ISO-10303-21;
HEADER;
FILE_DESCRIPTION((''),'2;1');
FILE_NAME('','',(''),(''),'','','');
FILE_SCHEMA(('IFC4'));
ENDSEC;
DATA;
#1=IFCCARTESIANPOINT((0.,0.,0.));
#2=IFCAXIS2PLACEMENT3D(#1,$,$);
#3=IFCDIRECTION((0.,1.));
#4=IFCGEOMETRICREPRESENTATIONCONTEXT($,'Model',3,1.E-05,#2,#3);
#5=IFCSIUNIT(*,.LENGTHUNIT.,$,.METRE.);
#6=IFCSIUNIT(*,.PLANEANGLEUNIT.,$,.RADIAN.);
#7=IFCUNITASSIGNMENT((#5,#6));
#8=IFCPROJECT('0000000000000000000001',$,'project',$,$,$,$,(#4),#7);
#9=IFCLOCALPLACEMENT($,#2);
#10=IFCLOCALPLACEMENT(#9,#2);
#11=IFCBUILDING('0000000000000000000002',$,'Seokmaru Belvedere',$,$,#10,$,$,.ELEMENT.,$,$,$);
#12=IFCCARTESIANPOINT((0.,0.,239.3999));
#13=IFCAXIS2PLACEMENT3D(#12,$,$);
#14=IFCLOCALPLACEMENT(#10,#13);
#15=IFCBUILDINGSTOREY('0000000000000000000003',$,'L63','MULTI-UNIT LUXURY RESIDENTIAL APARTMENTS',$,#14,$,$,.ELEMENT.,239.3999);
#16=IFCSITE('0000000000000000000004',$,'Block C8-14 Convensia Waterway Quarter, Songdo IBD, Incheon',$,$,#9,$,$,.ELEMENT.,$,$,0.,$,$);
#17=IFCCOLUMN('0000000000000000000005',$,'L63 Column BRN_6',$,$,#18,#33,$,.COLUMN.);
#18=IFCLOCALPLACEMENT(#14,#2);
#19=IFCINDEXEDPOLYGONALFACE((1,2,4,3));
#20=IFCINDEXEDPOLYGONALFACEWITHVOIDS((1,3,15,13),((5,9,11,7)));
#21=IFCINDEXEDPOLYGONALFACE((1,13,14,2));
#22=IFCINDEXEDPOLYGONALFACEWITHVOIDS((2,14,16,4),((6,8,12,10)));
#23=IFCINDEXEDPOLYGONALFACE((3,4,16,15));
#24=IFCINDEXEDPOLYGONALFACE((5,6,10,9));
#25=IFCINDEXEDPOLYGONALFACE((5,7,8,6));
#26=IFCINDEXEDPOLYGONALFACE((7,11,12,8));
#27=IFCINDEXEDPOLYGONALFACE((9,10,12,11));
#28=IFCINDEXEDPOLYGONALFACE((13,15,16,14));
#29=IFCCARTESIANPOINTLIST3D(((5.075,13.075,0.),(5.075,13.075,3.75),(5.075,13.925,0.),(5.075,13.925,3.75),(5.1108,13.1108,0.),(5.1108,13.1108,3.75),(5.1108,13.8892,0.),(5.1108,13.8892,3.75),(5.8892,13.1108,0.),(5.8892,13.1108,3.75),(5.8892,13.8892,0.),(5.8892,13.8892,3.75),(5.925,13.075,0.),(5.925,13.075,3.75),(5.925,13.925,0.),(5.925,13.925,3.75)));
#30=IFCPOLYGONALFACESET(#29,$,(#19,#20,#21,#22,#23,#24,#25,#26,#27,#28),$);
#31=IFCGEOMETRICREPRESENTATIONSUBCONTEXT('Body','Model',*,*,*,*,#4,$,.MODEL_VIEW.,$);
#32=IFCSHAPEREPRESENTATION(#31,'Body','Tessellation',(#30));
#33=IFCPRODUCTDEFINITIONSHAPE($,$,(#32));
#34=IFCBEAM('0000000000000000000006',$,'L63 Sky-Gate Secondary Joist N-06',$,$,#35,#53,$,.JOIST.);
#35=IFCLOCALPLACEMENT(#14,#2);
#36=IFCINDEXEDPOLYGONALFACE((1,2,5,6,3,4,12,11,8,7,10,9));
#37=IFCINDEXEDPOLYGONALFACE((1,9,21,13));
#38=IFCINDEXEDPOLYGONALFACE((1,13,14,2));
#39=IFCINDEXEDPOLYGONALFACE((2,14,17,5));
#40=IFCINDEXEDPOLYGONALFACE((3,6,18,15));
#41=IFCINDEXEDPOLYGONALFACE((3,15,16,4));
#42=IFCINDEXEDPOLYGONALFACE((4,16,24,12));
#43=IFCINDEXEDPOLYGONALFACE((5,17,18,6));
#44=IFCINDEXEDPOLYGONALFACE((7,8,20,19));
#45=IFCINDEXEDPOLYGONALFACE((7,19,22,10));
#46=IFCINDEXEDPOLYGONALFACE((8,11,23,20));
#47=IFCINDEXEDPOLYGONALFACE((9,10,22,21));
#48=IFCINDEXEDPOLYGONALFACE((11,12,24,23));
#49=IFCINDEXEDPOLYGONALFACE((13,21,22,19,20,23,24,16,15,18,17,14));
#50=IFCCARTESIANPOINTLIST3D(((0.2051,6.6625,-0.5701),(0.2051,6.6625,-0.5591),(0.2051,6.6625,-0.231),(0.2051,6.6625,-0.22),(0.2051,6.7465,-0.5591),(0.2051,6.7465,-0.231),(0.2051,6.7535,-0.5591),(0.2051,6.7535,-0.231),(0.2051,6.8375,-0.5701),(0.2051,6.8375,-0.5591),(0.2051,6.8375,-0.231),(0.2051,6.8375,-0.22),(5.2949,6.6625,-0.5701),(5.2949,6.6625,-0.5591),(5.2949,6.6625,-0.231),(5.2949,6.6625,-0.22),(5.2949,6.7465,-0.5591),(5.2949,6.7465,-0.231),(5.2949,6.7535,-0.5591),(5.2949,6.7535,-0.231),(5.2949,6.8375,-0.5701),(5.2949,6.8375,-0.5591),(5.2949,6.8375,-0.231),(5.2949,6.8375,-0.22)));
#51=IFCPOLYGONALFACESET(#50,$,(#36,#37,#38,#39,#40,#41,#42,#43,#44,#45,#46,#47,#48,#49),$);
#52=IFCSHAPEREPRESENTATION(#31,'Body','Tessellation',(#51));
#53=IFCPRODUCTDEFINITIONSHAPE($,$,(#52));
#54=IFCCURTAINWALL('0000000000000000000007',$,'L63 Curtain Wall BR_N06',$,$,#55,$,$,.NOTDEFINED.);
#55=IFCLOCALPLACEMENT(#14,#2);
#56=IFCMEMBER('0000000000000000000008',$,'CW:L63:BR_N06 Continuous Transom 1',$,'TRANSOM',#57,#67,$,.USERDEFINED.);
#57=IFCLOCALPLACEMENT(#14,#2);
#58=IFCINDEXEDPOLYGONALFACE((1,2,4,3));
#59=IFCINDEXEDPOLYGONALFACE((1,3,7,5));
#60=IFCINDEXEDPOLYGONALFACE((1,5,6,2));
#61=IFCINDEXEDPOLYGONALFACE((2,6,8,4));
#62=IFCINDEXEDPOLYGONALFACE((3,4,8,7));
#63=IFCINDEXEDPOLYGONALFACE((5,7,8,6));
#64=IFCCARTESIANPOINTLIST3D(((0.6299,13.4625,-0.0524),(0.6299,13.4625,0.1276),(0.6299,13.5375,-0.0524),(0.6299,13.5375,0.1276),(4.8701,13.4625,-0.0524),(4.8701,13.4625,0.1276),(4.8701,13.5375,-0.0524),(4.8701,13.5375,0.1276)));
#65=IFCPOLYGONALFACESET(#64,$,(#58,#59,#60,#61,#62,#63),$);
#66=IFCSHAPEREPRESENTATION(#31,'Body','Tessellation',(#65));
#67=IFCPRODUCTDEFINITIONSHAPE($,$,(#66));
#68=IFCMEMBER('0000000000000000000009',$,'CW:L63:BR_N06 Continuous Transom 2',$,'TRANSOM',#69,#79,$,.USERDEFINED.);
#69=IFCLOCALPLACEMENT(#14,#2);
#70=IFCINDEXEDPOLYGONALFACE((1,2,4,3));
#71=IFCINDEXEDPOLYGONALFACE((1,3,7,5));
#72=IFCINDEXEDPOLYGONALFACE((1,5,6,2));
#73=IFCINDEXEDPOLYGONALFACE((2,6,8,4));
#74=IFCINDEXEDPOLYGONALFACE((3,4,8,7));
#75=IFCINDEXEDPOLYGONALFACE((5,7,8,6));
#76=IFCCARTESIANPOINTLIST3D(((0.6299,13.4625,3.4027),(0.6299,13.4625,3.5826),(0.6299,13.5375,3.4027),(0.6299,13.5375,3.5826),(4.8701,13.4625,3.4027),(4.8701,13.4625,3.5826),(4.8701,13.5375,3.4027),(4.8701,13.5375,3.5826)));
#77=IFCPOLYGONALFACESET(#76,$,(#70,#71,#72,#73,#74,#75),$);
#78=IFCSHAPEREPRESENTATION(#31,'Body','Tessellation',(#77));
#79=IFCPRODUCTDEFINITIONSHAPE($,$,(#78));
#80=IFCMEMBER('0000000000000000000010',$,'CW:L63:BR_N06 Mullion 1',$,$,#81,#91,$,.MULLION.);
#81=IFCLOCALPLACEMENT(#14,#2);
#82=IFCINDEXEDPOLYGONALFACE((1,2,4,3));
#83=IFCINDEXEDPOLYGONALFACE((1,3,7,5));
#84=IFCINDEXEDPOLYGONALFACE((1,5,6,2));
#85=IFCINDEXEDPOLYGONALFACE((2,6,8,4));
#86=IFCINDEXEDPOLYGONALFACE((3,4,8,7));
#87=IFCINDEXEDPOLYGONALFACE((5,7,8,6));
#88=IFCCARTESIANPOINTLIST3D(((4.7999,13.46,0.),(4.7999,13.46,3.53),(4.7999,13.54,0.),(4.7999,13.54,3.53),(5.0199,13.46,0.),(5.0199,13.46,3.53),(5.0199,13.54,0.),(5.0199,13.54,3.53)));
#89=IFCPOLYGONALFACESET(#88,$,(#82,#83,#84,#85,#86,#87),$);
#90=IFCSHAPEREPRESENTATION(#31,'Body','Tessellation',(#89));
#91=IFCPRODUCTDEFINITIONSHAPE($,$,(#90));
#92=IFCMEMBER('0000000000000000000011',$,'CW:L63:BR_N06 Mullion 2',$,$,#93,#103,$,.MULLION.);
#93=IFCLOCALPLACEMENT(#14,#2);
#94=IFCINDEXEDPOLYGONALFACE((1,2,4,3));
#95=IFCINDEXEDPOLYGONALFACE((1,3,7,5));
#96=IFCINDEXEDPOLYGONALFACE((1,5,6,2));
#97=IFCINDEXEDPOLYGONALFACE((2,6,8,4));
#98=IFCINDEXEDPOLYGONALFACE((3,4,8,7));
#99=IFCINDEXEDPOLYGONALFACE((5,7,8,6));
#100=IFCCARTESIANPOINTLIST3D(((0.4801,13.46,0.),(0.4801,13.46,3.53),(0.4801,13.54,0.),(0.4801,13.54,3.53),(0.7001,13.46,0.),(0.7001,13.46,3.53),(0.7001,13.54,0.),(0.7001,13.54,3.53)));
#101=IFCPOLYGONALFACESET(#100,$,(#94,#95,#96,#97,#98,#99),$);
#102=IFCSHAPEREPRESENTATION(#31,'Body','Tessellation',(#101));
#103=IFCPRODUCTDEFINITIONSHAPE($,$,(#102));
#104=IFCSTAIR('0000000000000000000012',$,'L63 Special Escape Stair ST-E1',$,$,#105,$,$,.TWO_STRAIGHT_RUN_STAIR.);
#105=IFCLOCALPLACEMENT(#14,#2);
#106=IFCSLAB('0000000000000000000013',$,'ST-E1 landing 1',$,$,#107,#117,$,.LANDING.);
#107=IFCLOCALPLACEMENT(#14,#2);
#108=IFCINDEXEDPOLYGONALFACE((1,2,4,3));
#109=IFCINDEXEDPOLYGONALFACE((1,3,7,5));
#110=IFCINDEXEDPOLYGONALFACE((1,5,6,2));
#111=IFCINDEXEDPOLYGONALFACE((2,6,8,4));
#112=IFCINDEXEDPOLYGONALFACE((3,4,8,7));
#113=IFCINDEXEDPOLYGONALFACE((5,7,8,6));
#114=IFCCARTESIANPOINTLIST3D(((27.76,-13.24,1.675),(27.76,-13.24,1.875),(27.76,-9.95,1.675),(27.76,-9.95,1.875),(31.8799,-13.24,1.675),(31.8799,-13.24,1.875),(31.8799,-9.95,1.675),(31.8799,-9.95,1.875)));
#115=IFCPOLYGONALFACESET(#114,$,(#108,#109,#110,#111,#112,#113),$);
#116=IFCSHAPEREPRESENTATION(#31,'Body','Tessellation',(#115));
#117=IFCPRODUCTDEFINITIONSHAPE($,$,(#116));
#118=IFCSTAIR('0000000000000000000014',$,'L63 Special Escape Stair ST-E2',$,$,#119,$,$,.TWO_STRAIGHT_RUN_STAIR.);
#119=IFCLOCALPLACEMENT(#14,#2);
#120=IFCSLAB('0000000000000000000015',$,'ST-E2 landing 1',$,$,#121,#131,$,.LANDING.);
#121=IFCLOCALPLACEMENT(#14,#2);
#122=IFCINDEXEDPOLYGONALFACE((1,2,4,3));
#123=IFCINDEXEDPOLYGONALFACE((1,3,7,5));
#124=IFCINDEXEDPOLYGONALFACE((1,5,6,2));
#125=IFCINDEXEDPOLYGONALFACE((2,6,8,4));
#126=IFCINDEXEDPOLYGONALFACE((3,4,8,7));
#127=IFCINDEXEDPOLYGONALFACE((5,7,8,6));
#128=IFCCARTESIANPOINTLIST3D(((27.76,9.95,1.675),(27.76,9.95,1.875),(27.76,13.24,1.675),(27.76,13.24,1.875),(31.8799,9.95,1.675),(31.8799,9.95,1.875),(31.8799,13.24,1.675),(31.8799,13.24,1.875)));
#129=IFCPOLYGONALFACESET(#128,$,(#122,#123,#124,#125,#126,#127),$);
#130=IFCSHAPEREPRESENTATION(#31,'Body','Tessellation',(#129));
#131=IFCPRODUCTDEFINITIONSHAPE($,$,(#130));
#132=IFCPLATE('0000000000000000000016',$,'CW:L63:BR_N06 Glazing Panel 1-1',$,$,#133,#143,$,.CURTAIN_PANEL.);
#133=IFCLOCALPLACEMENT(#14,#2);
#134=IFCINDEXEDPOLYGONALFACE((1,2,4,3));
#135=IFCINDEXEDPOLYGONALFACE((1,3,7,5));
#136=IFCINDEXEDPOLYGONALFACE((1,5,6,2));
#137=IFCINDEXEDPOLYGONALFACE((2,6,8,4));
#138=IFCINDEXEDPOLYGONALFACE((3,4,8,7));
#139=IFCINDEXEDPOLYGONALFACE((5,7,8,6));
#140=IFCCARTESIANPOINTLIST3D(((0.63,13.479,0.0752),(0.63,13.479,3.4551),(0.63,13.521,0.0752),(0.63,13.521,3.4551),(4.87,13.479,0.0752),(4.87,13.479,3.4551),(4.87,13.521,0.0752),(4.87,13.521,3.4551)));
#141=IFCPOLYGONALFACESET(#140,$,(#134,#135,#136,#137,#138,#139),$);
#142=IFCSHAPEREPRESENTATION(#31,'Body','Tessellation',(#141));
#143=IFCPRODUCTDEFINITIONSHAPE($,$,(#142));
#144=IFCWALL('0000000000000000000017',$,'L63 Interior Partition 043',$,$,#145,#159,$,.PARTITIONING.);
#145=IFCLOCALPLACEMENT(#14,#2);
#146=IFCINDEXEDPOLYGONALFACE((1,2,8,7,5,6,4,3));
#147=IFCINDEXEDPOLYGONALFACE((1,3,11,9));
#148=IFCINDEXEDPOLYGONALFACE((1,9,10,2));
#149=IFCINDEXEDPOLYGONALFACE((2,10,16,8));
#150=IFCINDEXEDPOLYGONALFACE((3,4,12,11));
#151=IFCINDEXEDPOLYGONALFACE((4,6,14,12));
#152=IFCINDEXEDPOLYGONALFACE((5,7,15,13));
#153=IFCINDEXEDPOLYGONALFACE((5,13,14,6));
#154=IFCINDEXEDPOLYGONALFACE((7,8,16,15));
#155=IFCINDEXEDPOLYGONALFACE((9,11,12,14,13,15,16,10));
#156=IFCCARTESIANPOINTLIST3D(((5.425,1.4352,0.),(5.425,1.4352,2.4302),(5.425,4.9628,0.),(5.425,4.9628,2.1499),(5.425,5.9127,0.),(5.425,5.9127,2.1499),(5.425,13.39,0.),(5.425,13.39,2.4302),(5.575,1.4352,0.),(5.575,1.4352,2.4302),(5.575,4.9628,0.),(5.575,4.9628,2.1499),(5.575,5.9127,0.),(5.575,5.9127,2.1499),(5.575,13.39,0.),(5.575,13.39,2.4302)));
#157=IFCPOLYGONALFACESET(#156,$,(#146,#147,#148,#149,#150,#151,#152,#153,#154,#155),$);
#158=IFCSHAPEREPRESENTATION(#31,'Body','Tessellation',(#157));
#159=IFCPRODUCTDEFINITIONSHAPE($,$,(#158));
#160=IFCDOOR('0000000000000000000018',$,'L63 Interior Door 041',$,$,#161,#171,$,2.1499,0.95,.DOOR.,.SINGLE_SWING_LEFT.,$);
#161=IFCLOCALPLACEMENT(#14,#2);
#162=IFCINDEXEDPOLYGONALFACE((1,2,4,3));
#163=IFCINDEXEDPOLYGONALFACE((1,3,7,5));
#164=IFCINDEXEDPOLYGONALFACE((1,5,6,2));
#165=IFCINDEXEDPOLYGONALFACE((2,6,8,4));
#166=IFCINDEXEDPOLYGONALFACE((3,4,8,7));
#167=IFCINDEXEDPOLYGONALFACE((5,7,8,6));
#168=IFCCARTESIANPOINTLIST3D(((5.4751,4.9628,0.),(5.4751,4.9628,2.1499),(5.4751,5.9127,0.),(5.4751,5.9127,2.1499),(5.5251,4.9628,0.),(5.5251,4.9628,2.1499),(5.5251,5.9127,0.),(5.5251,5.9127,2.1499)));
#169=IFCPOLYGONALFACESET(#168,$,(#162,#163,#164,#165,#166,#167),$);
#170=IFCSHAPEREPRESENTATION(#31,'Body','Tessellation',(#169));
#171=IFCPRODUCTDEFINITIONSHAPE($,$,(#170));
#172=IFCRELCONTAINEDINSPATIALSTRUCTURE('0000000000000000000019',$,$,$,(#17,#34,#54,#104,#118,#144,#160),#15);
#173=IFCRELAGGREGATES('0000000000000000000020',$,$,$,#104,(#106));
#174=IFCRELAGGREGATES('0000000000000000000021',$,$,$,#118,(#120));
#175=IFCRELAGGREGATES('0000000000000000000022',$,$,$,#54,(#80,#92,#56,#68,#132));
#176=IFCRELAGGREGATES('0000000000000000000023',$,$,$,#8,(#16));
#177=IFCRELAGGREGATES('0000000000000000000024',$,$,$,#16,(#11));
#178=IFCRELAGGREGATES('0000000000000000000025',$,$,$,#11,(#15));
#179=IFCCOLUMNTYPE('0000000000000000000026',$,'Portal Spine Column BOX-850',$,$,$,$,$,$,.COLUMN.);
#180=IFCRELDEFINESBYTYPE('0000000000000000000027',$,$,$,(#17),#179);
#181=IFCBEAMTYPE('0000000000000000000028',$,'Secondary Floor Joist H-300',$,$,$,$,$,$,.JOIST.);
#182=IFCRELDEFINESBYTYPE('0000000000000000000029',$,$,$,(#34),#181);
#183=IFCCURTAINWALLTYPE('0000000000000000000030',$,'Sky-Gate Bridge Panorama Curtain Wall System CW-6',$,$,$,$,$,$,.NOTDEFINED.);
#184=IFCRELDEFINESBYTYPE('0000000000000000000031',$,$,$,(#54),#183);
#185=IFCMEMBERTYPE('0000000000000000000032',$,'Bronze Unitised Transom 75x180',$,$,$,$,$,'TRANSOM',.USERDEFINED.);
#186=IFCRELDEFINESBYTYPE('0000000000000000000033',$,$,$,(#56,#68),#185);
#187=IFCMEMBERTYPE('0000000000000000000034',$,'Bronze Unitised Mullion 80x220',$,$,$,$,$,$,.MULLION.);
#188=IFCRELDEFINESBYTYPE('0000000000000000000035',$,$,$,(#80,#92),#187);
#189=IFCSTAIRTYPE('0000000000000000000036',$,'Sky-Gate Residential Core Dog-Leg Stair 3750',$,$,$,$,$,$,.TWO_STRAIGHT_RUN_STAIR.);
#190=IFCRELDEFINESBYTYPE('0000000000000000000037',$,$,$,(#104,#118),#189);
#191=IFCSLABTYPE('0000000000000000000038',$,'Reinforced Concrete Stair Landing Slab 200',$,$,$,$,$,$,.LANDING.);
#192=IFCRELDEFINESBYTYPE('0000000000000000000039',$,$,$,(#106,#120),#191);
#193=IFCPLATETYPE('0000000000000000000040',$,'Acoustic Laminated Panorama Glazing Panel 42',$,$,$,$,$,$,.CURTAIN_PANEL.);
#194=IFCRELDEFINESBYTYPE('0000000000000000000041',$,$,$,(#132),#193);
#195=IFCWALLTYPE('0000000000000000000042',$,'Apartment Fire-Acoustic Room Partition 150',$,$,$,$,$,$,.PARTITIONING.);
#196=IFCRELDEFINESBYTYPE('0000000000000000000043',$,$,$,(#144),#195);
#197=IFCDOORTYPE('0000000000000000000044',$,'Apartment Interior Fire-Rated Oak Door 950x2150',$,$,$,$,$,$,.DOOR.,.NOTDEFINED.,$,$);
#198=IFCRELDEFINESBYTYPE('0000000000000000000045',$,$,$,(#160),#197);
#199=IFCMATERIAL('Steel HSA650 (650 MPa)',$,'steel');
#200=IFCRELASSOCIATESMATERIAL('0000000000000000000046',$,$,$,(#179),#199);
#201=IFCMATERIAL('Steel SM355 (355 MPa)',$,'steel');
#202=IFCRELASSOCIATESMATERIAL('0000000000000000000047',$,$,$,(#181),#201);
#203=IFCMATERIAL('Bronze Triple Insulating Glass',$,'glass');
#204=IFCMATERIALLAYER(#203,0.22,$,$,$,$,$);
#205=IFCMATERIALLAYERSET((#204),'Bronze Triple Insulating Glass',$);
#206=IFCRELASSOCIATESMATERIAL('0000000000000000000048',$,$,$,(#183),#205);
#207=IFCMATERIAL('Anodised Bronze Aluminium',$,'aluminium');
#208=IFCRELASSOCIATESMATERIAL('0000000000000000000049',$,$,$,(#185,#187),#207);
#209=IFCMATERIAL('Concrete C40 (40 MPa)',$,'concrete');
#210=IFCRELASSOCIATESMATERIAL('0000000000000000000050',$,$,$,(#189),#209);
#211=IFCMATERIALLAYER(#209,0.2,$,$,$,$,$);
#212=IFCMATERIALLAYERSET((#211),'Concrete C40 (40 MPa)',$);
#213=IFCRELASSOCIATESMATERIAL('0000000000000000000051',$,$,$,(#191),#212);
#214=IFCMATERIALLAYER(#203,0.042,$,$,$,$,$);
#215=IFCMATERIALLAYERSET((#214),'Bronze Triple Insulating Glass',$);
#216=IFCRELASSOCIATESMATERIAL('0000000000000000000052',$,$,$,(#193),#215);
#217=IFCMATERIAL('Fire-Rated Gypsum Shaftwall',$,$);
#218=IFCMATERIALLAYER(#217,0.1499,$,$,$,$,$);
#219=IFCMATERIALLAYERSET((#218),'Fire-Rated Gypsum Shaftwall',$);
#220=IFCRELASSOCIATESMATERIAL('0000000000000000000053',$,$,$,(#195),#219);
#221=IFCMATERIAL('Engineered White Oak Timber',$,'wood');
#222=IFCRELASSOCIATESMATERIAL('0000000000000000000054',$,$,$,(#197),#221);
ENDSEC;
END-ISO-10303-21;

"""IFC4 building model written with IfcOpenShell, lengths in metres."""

from ifc_helpers import new_model, si_unit, direction, frame, frame_2d, origin, origin_2d, place, context, subcontext, project, spatial, polyline, rectangle, hollow_rectangle, i_section, outline, extrude, source, transform, mapped, material, layer, layer_set, material_profile, profile_set, type_object, type_shapes, element, fill, aggregate, save


model = new_model("IFC4")

# Units and contexts
model_context = context("Model", 3, precision=1e-05, world=origin(), true_north=direction((0.0, 1.0)))
body_context = subcontext(model_context, "Body", "Model", "MODEL_VIEW")
ifc_project = project(units=[si_unit("LENGTHUNIT", "METRE"), si_unit("PLANEANGLEUNIT", "RADIAN")], contexts=[model_context])

# Site, building, storey
site_placement = place(None, origin())
site = spatial("IfcSite", under=ifc_project, at=site_placement, Name="Block C8-14 Convensia Waterway Quarter, Songdo IBD, Incheon", CompositionType="ELEMENT", RefElevation=0.0)
building_placement = place(site_placement, origin())
building = spatial("IfcBuilding", under=site, at=building_placement, Name="Seokmaru Belvedere", CompositionType="ELEMENT")
storey_placement = place(building_placement, frame((0.0, 0.0, 239.3999)))
storey = spatial("IfcBuildingStorey", under=building, at=storey_placement, Name="L63", Description="MULTI-UNIT LUXURY RESIDENTIAL APARTMENTS", CompositionType="ELEMENT", Elevation=239.3999)

# Column
ifc_material_1 = material(Name="Steel HSA650 (650 MPa)", Category="steel")
ifc_material_profile_1 = material_profile(ifc_material_1, hollow_rectangle(XDim=0.8501, YDim=0.8501, WallThickness=0.0359, at=origin_2d()), Name="BOX-850x850x36")
ifc_profile_set_1 = profile_set([ifc_material_profile_1], Name="Steel HSA650 (650 MPa)")
column_type = type_object("IfcColumnType", Name="Portal Spine Column BOX-850", PredefinedType="COLUMN", material=ifc_profile_set_1)
shared_shape_1 = source(origin(), body_context, "Body", "SweptSolid", [
    extrude(hollow_rectangle(XDim=0.8501, YDim=0.8501, WallThickness=0.0359, at=origin_2d()), origin(), (0.0, 0.0, 1.0), 3.75),
])
type_shapes(column_type, [shared_shape_1])
column_placement = place(storey_placement, frame((5.5, 13.5, 0.0), z_axis=(0.0, 0.0, 1.0), x_axis=(1.0, 0.0, 0.0)))
element("IfcColumn", 1, at=column_placement, inside=storey, type_object=column_type, Name="L63 Column BRN_6", PredefinedType="COLUMN", context=body_context, shape_type="MappedRepresentation", body=[
    mapped(shared_shape_1, transform((0.0, 0.0, 0.0), scale=1.0)),
])

# Beam
ifc_material_2 = material(Name="Steel SM355 (355 MPa)", Category="steel")
ifc_material_profile_2 = material_profile(ifc_material_2, i_section(OverallWidth=0.175, OverallDepth=0.3501, WebThickness=0.0071, FlangeThickness=0.011, at=origin_2d()), Name="H-350x175x7x11")
ifc_profile_set_2 = profile_set([ifc_material_profile_2], Name="Steel SM355 (355 MPa)")
beam_type = type_object("IfcBeamType", Name="Secondary Floor Joist H-300", PredefinedType="JOIST", material=ifc_profile_set_2)
shared_shape_2 = source(origin(), body_context, "Body", "SweptSolid", [
    extrude(i_section(OverallWidth=0.175, OverallDepth=0.3501, WebThickness=0.0071, FlangeThickness=0.011, at=origin_2d()), origin(), (0.0, 0.0, 1.0), 5.0898),
])
type_shapes(beam_type, [shared_shape_2])
beam_placement = place(storey_placement, frame((0.2051, 6.75, -0.395), z_axis=(1.0, 0.0, 0.0), x_axis=(0.0, 1.0, 0.0)))
element("IfcBeam", 2, at=beam_placement, inside=storey, type_object=beam_type, Name="L63 Sky-Gate Secondary Joist N-06", PredefinedType="JOIST", context=body_context, shape_type="MappedRepresentation", body=[
    mapped(shared_shape_2, transform((0.0, 0.0, 0.0), scale=1.0)),
])

# Curtain wall, members
ifc_material_3 = material(Name="Bronze Triple Insulating Glass", Category="glass")
ifc_layer_1 = layer(ifc_material_3, 0.22)
ifc_layer_set_1 = layer_set([ifc_layer_1], Name="Bronze Triple Insulating Glass")
curtain_wall_type = type_object("IfcCurtainWallType", Name="Sky-Gate Bridge Panorama Curtain Wall System CW-6", PredefinedType="NOTDEFINED", material=ifc_layer_set_1)
curtain_wall_placement = place(storey_placement, origin())
curtain_wall = element("IfcCurtainWall", 3, at=curtain_wall_placement, inside=storey, type_object=curtain_wall_type, Name="L63 Curtain Wall BR_N06", PredefinedType="NOTDEFINED")
ifc_material_4 = material(Name="Anodised Bronze Aluminium", Category="aluminium")
ifc_material_profile_3 = material_profile(ifc_material_4, rectangle(XDim=0.075, YDim=0.1799, at=origin_2d()), Name="CW-T-75x180")
ifc_profile_set_3 = profile_set([ifc_material_profile_3], Name="Anodised Bronze Aluminium")
member_type_1 = type_object("IfcMemberType", Name="Bronze Unitised Transom 75x180", ElementType="TRANSOM", PredefinedType="USERDEFINED", material=ifc_profile_set_3)
shared_shape_3 = source(origin(), body_context, "Body", "SweptSolid", [
    extrude(rectangle(XDim=0.075, YDim=0.1799, at=origin_2d()), origin(), (0.0, 0.0, 1.0), 4.2402),
])
type_shapes(member_type_1, [shared_shape_3])
member_1_placement = place(storey_placement, frame((4.8701, 13.5, 0.0376), z_axis=(-1.0, 0.0, 0.0), x_axis=(0.0, -1.0, 0.0)))
member_1 = element("IfcMember", 4, at=member_1_placement, type_object=member_type_1, Name="CW:L63:BR_N06 Continuous Transom 1", ObjectType="TRANSOM", PredefinedType="USERDEFINED", context=body_context, shape_type="MappedRepresentation", body=[
    mapped(shared_shape_3, transform((0.0, 0.0, 0.0), scale=1.0)),
])
member_2_placement = place(storey_placement, frame((4.8701, 13.5, 3.4927), z_axis=(-1.0, 0.0, 0.0), x_axis=(0.0, -1.0, 0.0)))
member_2 = element("IfcMember", 5, at=member_2_placement, type_object=member_type_1, Name="CW:L63:BR_N06 Continuous Transom 2", ObjectType="TRANSOM", PredefinedType="USERDEFINED", context=body_context, shape_type="MappedRepresentation", body=[
    mapped(shared_shape_3, transform((0.0, 0.0, 0.0), scale=1.0)),
])
ifc_material_profile_4 = material_profile(ifc_material_4, rectangle(XDim=0.0801, YDim=0.22, at=origin_2d()), Name="CW-M-80x220")
ifc_profile_set_4 = profile_set([ifc_material_profile_4], Name="Anodised Bronze Aluminium")
member_type_2 = type_object("IfcMemberType", Name="Bronze Unitised Mullion 80x220", PredefinedType="MULLION", material=ifc_profile_set_4)
shared_shape_4 = source(origin(), body_context, "Body", "SweptSolid", [
    extrude(rectangle(XDim=0.0801, YDim=0.22, at=origin_2d()), origin(), (0.0, 0.0, 1.0), 3.53),
])
type_shapes(member_type_2, [shared_shape_4])
member_3_placement = place(storey_placement, frame((4.9099, 13.5, 0.0), z_axis=(0.0, 0.0, 1.0), x_axis=(0.0, -1.0, 0.0)))
member_3 = element("IfcMember", 6, at=member_3_placement, type_object=member_type_2, Name="CW:L63:BR_N06 Mullion 1", PredefinedType="MULLION", context=body_context, shape_type="MappedRepresentation", body=[
    mapped(shared_shape_4, transform((0.0, 0.0, 0.0), scale=1.0)),
])
member_4_placement = place(storey_placement, frame((0.5901, 13.5, 0.0), z_axis=(0.0, 0.0, 1.0), x_axis=(0.0, -1.0, 0.0)))
member_4 = element("IfcMember", 7, at=member_4_placement, type_object=member_type_2, Name="CW:L63:BR_N06 Mullion 2", PredefinedType="MULLION", context=body_context, shape_type="MappedRepresentation", body=[
    mapped(shared_shape_4, transform((0.0, 0.0, 0.0), scale=1.0)),
])

# Stairs, slabs
ifc_material_5 = material(Name="Concrete C40 (40 MPa)", Category="concrete")
stair_type = type_object("IfcStairType", Name="Sky-Gate Residential Core Dog-Leg Stair 3750", PredefinedType="TWO_STRAIGHT_RUN_STAIR", material=ifc_material_5)
stair_1_placement = place(storey_placement, origin())
stair_1 = element("IfcStair", 8, at=stair_1_placement, inside=storey, type_object=stair_type, Name="L63 Special Escape Stair ST-E1", PredefinedType="TWO_STRAIGHT_RUN_STAIR")
ifc_layer_2 = layer(ifc_material_5, 0.2)
ifc_layer_set_2 = layer_set([ifc_layer_2], Name="Concrete C40 (40 MPa)")
slab_type = type_object("IfcSlabType", Name="Reinforced Concrete Stair Landing Slab 200", PredefinedType="LANDING", material=ifc_layer_set_2)
slab_1_placement = place(storey_placement, frame((0.0, 0.0, 1.675)))
slab_1 = element("IfcSlab", 9, at=slab_1_placement, type_object=slab_type, Name="ST-E1 landing 1", PredefinedType="LANDING", context=body_context, shape_type="SweptSolid", body=[
    extrude(outline(polyline([(27.76, -13.24), (31.8799, -13.24), (31.8799, -9.95), (27.76, -9.95), (27.76, -13.24)])), origin(), (0.0, 0.0, 1.0), 0.2),
])
aggregate(stair_1, [slab_1])
stair_2_placement = place(storey_placement, origin())
stair_2 = element("IfcStair", 10, at=stair_2_placement, inside=storey, type_object=stair_type, Name="L63 Special Escape Stair ST-E2", PredefinedType="TWO_STRAIGHT_RUN_STAIR")
slab_2_placement = place(storey_placement, frame((0.0, 0.0, 1.675)))
slab_2 = element("IfcSlab", 11, at=slab_2_placement, type_object=slab_type, Name="ST-E2 landing 1", PredefinedType="LANDING", context=body_context, shape_type="SweptSolid", body=[
    extrude(outline(polyline([(27.76, 9.95), (31.8799, 9.95), (31.8799, 13.24), (27.76, 13.24), (27.76, 9.95)])), origin(), (0.0, 0.0, 1.0), 0.2),
])
aggregate(stair_2, [slab_2])

# Plate
ifc_layer_3 = layer(ifc_material_3, 0.042)
ifc_layer_set_3 = layer_set([ifc_layer_3], Name="Bronze Triple Insulating Glass")
plate_type = type_object("IfcPlateType", Name="Acoustic Laminated Panorama Glazing Panel 42", PredefinedType="CURTAIN_PANEL", material=ifc_layer_set_3)
shared_shape_5 = source(origin(), body_context, "Body", "SweptSolid", [
    extrude(rectangle(XDim=4.24, YDim=0.042, at=origin_2d()), origin(), (0.0, 0.0, 1.0), 3.3799),
])
type_shapes(plate_type, [shared_shape_5])
plate_placement = place(storey_placement, frame((2.75, 13.5, 0.0752), z_axis=(0.0, 0.0, 1.0), x_axis=(-1.0, 0.0, 0.0)))
plate = element("IfcPlate", 12, at=plate_placement, type_object=plate_type, Name="CW:L63:BR_N06 Glazing Panel 1-1", PredefinedType="CURTAIN_PANEL", context=body_context, shape_type="MappedRepresentation", body=[
    mapped(shared_shape_5, transform((0.0, 0.0, 0.0), scale=1.0)),
])
aggregate(curtain_wall, [member_3, member_4, member_1, member_2, plate])

# Wall, opening, door
ifc_material_6 = material(Name="Fire-Rated Gypsum Shaftwall")
ifc_layer_4 = layer(ifc_material_6, 0.1499)
ifc_layer_set_4 = layer_set([ifc_layer_4], Name="Fire-Rated Gypsum Shaftwall")
wall_type_1 = type_object("IfcWallType", Name="Apartment Fire-Acoustic Room Partition 150", PredefinedType="PARTITIONING", material=ifc_layer_set_4)
wall_1_placement = place(storey_placement, frame((5.5, 1.4351, 0.0), z_axis=(0.0, 0.0, 1.0), x_axis=(0.0, 1.0, 0.0)))
wall_1 = element("IfcWall", 13, at=wall_1_placement, inside=storey, type_object=wall_type_1, Name="L63 Interior Partition 043", PredefinedType="PARTITIONING", context=body_context, shape_type="SweptSolid", body=[
    extrude(rectangle(XDim=11.9548, YDim=0.1499, at=frame_2d((5.9775, 0.0))), origin(), (0.0, 0.0, 1.0), 2.4302),
])
opening_1_placement = place(wall_1_placement, frame((3.5276, 0.0, 0.0)))
opening_1 = element("IfcOpeningElement", 14, at=opening_1_placement, cuts=wall_1, PredefinedType="OPENING", context=body_context, shape_type="SweptSolid", body=[
    extrude(rectangle(XDim=0.95, YDim=2.1499, at=frame_2d((0.4751, 1.075))), frame((0.0, 0.085, 0.0), z_axis=(0.0, -1.0, 0.0), x_axis=(1.0, 0.0, 0.0)), (0.0, 0.0, 1.0), 0.1699),
])
ifc_material_7 = material(Name="Engineered White Oak Timber", Category="wood")
door_type_1 = type_object("IfcDoorType", Name="Apartment Interior Fire-Rated Oak Door 950x2150", OperationType="NOTDEFINED", PredefinedType="DOOR", material=ifc_material_7)
shared_shape_6 = source(origin(), body_context, "Body", "SweptSolid", [
    extrude(rectangle(XDim=0.95, YDim=2.1499, at=frame_2d((0.4751, 1.075))), frame((0.0, 0.0249, 0.0), z_axis=(0.0, -1.0, 0.0), x_axis=(1.0, 0.0, 0.0)), (0.0, 0.0, 1.0), 0.05),
])
type_shapes(door_type_1, [shared_shape_6])
door_1_placement = place(opening_1_placement, origin())
door_1 = element("IfcDoor", 15, at=door_1_placement, inside=storey, type_object=door_type_1, Name="L63 Interior Door 041", OperationType="SINGLE_SWING_LEFT", OverallHeight=2.1499, OverallWidth=0.95, PredefinedType="DOOR", context=body_context, shape_type="MappedRepresentation", body=[
    mapped(shared_shape_6, transform((0.0, 0.0, 0.0), scale=1.0)),
])
fill(opening_1, door_1)

save(model, "model.ifc")
